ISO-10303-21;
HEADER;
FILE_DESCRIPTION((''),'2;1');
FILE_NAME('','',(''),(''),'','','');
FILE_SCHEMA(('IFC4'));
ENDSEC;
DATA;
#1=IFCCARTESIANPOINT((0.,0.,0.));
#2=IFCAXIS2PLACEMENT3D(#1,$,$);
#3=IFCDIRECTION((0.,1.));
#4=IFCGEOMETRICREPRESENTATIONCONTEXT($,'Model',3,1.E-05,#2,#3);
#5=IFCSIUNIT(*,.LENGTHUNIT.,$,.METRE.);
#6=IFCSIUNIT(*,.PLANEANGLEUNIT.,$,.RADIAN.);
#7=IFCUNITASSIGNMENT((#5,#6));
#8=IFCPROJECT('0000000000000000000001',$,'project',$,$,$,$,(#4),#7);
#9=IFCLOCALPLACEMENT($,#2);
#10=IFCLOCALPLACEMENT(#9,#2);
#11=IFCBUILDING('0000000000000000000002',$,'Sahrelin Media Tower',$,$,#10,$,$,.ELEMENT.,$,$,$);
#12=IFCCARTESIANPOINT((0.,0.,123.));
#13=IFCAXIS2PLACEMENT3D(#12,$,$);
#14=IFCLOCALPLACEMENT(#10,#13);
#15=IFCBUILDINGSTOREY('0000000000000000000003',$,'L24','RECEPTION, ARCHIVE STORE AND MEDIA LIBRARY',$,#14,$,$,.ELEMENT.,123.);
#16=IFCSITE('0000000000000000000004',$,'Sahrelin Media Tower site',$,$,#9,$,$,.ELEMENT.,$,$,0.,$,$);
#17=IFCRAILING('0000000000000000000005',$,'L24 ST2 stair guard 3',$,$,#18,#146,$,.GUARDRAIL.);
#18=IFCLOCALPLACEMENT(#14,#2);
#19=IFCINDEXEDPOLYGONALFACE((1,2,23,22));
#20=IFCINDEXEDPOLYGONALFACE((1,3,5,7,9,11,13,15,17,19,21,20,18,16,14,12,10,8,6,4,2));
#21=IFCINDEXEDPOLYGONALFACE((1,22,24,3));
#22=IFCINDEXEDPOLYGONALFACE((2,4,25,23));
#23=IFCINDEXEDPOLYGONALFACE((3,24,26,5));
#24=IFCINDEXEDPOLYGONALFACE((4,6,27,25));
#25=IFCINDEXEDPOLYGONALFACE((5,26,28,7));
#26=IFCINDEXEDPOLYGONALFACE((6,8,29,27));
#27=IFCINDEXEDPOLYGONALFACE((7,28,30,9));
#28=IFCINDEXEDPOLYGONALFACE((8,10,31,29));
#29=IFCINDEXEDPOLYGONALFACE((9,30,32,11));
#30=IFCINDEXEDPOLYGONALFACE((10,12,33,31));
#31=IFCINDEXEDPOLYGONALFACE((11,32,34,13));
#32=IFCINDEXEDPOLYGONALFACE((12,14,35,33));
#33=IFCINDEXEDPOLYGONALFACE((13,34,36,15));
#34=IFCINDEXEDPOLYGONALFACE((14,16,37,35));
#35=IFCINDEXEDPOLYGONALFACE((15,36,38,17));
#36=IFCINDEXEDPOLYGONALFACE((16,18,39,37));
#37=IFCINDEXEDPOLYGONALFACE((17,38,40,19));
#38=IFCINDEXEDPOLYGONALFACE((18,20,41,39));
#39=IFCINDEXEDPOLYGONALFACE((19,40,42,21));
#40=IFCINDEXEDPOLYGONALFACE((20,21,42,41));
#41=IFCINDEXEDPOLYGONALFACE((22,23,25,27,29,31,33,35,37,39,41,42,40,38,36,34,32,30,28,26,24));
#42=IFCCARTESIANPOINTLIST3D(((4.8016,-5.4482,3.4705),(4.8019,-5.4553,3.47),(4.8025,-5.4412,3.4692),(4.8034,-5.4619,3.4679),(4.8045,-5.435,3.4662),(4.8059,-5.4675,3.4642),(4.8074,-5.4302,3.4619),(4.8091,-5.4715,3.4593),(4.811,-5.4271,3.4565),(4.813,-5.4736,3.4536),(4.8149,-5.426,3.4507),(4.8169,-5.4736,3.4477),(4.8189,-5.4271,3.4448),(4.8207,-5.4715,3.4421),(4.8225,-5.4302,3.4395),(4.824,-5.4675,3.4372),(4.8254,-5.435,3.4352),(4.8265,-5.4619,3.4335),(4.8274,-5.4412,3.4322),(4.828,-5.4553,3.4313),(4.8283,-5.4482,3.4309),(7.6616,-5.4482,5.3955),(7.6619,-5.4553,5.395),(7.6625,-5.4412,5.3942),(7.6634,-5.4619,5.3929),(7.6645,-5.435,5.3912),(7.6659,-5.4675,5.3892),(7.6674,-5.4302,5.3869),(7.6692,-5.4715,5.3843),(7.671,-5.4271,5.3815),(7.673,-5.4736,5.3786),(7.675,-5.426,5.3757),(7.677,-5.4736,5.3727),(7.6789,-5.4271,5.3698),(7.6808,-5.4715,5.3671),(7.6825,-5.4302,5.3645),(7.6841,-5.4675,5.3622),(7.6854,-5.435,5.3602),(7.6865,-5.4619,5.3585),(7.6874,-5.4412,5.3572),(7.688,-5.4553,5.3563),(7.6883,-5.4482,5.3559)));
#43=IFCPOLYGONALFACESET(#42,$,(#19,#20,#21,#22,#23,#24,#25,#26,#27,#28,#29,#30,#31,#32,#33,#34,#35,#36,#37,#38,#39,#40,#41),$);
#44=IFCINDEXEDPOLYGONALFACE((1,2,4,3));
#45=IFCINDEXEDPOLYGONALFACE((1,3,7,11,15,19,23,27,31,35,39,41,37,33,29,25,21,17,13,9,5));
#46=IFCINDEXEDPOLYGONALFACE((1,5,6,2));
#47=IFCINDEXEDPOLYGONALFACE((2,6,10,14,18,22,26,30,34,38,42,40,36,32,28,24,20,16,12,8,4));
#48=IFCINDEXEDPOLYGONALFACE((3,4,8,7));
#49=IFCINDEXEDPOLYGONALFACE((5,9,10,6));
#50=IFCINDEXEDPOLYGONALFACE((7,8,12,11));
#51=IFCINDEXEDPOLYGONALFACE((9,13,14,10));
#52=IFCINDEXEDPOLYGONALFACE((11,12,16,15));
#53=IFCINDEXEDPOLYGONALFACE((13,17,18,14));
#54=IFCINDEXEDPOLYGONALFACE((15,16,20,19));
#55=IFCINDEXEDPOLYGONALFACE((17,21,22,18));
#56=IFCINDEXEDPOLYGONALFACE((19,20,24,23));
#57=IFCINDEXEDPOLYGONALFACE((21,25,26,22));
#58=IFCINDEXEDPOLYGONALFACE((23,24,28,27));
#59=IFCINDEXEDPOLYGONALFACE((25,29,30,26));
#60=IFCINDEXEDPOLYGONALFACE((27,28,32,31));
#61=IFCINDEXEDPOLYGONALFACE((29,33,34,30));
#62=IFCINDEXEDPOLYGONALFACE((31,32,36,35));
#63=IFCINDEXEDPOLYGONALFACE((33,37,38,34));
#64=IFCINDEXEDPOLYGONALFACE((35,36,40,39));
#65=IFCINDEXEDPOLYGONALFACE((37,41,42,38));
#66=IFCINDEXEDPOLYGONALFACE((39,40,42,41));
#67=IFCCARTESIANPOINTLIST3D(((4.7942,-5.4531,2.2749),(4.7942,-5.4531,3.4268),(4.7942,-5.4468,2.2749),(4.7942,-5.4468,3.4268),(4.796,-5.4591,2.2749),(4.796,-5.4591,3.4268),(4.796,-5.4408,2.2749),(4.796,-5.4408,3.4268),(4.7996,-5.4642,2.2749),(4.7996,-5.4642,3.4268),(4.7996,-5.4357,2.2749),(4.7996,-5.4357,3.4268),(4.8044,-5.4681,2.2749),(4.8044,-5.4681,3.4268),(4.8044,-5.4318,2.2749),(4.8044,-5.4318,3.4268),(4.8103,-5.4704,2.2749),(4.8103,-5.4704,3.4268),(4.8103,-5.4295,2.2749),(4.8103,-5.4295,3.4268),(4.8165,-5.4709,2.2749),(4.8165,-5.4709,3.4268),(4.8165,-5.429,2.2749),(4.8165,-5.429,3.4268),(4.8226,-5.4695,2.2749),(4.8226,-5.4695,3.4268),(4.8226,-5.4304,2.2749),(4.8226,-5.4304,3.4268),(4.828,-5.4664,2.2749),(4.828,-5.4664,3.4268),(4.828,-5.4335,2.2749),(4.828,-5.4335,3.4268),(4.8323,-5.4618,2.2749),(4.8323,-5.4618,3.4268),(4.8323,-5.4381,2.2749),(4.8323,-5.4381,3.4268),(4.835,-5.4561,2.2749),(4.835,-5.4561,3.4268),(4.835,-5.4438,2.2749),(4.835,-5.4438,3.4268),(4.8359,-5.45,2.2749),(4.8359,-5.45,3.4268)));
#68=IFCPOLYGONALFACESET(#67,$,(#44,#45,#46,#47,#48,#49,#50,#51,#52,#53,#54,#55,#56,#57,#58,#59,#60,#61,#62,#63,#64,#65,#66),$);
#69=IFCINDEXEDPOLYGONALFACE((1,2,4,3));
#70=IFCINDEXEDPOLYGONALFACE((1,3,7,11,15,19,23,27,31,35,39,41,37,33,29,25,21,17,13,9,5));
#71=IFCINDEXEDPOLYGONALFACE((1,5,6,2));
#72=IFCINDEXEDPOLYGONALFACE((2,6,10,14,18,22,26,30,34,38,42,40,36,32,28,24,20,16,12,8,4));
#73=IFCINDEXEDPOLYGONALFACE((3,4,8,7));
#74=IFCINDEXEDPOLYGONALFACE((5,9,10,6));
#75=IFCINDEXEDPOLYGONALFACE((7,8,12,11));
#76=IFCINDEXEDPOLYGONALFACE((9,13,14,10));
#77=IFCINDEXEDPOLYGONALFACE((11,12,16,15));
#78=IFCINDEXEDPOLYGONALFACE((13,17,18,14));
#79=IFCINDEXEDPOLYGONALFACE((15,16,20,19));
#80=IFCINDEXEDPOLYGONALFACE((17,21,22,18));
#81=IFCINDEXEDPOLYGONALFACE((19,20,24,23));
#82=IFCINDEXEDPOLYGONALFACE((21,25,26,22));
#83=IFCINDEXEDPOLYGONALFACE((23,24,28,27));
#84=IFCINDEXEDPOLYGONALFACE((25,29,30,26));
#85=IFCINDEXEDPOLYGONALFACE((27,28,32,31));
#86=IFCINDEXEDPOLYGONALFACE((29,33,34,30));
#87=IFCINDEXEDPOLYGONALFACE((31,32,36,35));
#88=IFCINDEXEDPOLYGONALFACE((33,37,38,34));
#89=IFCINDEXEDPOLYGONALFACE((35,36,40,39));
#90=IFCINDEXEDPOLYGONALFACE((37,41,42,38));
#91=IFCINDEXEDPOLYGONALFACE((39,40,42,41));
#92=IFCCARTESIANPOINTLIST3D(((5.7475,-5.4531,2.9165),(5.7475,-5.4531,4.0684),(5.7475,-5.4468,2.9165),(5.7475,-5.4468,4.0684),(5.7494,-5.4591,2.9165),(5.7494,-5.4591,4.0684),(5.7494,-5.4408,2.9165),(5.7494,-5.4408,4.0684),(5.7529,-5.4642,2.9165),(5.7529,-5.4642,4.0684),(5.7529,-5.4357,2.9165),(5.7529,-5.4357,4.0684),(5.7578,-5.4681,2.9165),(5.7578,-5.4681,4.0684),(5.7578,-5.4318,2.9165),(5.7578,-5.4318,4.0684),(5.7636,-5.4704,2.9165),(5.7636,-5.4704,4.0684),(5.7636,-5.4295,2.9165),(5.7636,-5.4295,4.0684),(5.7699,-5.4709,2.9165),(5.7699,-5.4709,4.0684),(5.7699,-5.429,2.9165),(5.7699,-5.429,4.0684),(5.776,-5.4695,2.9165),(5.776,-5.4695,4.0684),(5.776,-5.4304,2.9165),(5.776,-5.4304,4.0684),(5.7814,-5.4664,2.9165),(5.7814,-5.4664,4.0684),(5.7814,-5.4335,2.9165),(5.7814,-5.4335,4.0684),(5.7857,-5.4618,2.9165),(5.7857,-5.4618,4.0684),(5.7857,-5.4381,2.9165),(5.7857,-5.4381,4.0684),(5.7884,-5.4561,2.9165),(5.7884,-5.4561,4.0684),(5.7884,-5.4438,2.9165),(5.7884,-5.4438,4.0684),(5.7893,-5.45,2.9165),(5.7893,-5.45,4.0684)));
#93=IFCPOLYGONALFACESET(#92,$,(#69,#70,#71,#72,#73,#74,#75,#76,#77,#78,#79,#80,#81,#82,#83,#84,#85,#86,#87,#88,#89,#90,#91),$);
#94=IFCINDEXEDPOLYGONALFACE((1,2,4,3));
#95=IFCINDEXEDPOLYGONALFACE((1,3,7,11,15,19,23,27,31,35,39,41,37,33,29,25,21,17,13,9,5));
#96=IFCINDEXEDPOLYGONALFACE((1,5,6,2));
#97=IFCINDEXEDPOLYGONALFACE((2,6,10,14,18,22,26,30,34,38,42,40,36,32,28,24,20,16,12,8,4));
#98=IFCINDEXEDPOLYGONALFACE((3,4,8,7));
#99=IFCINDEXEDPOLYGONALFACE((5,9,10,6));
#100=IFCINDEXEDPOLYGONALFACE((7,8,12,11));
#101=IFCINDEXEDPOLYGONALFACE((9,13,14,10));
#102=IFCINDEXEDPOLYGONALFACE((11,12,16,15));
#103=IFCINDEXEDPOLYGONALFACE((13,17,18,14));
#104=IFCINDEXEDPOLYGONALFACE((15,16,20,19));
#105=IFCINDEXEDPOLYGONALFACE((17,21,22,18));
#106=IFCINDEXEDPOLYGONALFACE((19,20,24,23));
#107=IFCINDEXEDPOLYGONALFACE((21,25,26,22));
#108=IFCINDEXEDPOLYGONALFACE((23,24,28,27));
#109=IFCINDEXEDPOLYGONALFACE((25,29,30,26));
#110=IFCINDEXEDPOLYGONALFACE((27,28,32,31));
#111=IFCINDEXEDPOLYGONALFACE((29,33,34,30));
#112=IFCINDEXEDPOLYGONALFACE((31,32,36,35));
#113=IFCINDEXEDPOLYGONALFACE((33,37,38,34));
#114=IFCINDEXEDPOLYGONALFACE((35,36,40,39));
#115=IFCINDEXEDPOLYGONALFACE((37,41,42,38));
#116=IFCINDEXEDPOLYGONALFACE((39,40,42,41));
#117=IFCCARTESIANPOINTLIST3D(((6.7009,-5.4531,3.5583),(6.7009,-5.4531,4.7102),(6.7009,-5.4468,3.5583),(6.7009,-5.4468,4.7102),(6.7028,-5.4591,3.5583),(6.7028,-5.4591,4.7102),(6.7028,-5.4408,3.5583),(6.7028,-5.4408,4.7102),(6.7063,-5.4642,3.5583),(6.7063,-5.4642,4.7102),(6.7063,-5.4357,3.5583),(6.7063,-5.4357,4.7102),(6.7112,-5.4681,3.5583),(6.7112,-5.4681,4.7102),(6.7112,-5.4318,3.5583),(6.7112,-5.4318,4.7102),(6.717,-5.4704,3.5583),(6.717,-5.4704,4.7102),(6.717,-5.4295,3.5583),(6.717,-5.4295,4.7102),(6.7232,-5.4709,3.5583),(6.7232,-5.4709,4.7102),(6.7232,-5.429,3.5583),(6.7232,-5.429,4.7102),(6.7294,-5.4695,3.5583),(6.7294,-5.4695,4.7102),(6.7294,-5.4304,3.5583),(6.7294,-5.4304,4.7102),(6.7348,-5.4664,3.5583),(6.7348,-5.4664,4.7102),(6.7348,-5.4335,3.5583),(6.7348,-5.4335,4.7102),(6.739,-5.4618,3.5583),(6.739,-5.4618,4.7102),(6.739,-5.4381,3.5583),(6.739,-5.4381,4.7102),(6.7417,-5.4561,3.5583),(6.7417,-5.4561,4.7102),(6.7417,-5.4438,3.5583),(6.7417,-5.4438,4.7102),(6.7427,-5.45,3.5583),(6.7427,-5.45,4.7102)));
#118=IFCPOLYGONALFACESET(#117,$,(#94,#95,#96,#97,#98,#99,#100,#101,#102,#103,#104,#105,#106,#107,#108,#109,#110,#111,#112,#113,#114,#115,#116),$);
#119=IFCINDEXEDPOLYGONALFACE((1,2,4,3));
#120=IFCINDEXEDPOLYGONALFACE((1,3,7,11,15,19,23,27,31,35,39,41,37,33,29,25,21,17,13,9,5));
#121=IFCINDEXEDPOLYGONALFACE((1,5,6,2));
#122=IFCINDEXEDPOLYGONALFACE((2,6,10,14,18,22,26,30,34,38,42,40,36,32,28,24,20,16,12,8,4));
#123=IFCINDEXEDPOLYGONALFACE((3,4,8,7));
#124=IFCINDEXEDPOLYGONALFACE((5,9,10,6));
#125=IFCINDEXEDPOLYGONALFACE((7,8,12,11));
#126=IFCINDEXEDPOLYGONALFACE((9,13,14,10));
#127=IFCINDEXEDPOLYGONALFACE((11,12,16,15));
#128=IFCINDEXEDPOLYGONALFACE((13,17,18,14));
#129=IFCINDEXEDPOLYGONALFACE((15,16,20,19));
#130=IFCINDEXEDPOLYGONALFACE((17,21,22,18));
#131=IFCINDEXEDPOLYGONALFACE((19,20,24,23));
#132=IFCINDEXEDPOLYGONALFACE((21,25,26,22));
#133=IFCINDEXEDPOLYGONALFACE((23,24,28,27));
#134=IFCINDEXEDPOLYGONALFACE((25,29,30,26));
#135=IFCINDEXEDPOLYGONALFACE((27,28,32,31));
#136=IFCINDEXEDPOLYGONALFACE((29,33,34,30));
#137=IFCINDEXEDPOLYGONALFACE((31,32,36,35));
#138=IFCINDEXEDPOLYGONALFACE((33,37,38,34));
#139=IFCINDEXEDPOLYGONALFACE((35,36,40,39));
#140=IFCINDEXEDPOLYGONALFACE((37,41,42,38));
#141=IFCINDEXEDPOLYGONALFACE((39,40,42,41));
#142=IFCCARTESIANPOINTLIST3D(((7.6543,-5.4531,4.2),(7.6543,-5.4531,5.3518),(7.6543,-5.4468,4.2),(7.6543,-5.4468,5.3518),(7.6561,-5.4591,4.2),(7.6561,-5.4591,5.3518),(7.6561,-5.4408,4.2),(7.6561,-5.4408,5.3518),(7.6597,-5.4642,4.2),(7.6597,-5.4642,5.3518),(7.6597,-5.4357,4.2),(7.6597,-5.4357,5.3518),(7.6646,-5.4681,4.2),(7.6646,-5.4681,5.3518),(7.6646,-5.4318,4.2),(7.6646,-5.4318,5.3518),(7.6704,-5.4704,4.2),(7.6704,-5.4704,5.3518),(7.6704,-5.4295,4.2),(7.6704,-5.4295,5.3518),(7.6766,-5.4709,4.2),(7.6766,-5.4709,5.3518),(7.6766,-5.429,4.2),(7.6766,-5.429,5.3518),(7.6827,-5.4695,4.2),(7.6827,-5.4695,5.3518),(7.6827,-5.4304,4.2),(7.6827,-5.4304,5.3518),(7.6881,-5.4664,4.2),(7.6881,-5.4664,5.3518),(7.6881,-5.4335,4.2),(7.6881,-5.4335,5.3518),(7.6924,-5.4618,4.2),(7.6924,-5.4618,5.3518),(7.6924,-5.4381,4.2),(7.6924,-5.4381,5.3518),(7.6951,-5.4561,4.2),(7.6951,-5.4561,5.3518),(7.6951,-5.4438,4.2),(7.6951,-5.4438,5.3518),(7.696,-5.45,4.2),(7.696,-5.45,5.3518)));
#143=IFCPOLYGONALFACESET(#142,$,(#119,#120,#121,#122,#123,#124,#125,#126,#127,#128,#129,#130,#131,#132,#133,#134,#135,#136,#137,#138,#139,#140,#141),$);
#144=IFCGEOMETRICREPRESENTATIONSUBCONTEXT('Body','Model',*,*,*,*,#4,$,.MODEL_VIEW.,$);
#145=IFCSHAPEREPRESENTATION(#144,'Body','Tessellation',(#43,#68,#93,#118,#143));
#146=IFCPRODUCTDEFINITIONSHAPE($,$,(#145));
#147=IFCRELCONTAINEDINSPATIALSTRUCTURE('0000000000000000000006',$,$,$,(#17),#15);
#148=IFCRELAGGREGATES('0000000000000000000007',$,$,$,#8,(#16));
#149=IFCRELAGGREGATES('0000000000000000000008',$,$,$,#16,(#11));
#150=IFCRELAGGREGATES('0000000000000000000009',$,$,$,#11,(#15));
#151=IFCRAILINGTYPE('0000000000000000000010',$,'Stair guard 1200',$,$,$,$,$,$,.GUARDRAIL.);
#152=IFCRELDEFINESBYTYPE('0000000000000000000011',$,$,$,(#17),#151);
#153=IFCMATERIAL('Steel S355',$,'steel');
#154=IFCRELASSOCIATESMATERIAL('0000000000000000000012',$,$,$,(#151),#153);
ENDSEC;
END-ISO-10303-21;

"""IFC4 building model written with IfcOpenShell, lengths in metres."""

from ifc_helpers import new_model, si_unit, direction, frame, origin, origin_2d, place, context, subcontext, project, spatial, circle, extrude, material, type_object, element, save


model = new_model("IFC4")

# Units and contexts
model_context = context("Model", 3, precision=1e-05, world=origin(), true_north=direction((0.0, 1.0)))
body_context = subcontext(model_context, "Body", "Model", "MODEL_VIEW")
ifc_project = project(units=[si_unit("LENGTHUNIT", "METRE"), si_unit("PLANEANGLEUNIT", "RADIAN")], contexts=[model_context])

# Site, building, storey
site_placement = place(None, origin())
site = spatial("IfcSite", under=ifc_project, at=site_placement, Name="Sahrelin Media Tower site", CompositionType="ELEMENT", RefElevation=0.0)
building_placement = place(site_placement, origin())
building = spatial("IfcBuilding", under=site, at=building_placement, Name="Sahrelin Media Tower", CompositionType="ELEMENT")
storey_placement = place(building_placement, frame((0.0, 0.0, 123.0)))
storey = spatial("IfcBuildingStorey", under=building, at=storey_placement, Name="L24", Description="RECEPTION, ARCHIVE STORE AND MEDIA LIBRARY", CompositionType="ELEMENT", Elevation=123.0)

# Shared definitions
ifc_material_1 = material(Name="Steel S355", Category="steel")

# Railing
railing_type_1 = type_object("IfcRailingType", Name="Stair guard 1200", PredefinedType="GUARDRAIL", material=ifc_material_1)
railing_1_placement = place(storey_placement, frame((4.8149, -5.45, 2.2749)))
element("IfcRailing", 1, at=railing_1_placement, inside=storey, type_object=railing_type_1, Name="L24 ST2 stair guard 3", PredefinedType="GUARDRAIL", context=body_context, shape_type="SweptSolid", body=[
    extrude(circle(Radius=0.0239, at=origin_2d()), frame((0.0, 0.0, 1.1758), z_axis=(0.829591, 0.0, 0.558372), x_axis=(0.0, 1.0, 0.0)), (0.0, 0.0, 1.0), 3.4475),
    extrude(circle(Radius=0.021, at=origin_2d()), origin(), (0.0, 0.0, 1.0), 1.1519),
    extrude(circle(Radius=0.021, at=origin_2d()), frame((0.9534, 0.0, 0.6416)), (0.0, 0.0, 1.0), 1.1519),
    extrude(circle(Radius=0.021, at=origin_2d()), frame((1.9067, 0.0, 1.2834)), (0.0, 0.0, 1.0), 1.1519),
    extrude(circle(Radius=0.021, at=origin_2d()), frame((2.8601, 0.0, 1.925)), (0.0, 0.0, 1.0), 1.1519),
])

save(model, "model.ifc")
